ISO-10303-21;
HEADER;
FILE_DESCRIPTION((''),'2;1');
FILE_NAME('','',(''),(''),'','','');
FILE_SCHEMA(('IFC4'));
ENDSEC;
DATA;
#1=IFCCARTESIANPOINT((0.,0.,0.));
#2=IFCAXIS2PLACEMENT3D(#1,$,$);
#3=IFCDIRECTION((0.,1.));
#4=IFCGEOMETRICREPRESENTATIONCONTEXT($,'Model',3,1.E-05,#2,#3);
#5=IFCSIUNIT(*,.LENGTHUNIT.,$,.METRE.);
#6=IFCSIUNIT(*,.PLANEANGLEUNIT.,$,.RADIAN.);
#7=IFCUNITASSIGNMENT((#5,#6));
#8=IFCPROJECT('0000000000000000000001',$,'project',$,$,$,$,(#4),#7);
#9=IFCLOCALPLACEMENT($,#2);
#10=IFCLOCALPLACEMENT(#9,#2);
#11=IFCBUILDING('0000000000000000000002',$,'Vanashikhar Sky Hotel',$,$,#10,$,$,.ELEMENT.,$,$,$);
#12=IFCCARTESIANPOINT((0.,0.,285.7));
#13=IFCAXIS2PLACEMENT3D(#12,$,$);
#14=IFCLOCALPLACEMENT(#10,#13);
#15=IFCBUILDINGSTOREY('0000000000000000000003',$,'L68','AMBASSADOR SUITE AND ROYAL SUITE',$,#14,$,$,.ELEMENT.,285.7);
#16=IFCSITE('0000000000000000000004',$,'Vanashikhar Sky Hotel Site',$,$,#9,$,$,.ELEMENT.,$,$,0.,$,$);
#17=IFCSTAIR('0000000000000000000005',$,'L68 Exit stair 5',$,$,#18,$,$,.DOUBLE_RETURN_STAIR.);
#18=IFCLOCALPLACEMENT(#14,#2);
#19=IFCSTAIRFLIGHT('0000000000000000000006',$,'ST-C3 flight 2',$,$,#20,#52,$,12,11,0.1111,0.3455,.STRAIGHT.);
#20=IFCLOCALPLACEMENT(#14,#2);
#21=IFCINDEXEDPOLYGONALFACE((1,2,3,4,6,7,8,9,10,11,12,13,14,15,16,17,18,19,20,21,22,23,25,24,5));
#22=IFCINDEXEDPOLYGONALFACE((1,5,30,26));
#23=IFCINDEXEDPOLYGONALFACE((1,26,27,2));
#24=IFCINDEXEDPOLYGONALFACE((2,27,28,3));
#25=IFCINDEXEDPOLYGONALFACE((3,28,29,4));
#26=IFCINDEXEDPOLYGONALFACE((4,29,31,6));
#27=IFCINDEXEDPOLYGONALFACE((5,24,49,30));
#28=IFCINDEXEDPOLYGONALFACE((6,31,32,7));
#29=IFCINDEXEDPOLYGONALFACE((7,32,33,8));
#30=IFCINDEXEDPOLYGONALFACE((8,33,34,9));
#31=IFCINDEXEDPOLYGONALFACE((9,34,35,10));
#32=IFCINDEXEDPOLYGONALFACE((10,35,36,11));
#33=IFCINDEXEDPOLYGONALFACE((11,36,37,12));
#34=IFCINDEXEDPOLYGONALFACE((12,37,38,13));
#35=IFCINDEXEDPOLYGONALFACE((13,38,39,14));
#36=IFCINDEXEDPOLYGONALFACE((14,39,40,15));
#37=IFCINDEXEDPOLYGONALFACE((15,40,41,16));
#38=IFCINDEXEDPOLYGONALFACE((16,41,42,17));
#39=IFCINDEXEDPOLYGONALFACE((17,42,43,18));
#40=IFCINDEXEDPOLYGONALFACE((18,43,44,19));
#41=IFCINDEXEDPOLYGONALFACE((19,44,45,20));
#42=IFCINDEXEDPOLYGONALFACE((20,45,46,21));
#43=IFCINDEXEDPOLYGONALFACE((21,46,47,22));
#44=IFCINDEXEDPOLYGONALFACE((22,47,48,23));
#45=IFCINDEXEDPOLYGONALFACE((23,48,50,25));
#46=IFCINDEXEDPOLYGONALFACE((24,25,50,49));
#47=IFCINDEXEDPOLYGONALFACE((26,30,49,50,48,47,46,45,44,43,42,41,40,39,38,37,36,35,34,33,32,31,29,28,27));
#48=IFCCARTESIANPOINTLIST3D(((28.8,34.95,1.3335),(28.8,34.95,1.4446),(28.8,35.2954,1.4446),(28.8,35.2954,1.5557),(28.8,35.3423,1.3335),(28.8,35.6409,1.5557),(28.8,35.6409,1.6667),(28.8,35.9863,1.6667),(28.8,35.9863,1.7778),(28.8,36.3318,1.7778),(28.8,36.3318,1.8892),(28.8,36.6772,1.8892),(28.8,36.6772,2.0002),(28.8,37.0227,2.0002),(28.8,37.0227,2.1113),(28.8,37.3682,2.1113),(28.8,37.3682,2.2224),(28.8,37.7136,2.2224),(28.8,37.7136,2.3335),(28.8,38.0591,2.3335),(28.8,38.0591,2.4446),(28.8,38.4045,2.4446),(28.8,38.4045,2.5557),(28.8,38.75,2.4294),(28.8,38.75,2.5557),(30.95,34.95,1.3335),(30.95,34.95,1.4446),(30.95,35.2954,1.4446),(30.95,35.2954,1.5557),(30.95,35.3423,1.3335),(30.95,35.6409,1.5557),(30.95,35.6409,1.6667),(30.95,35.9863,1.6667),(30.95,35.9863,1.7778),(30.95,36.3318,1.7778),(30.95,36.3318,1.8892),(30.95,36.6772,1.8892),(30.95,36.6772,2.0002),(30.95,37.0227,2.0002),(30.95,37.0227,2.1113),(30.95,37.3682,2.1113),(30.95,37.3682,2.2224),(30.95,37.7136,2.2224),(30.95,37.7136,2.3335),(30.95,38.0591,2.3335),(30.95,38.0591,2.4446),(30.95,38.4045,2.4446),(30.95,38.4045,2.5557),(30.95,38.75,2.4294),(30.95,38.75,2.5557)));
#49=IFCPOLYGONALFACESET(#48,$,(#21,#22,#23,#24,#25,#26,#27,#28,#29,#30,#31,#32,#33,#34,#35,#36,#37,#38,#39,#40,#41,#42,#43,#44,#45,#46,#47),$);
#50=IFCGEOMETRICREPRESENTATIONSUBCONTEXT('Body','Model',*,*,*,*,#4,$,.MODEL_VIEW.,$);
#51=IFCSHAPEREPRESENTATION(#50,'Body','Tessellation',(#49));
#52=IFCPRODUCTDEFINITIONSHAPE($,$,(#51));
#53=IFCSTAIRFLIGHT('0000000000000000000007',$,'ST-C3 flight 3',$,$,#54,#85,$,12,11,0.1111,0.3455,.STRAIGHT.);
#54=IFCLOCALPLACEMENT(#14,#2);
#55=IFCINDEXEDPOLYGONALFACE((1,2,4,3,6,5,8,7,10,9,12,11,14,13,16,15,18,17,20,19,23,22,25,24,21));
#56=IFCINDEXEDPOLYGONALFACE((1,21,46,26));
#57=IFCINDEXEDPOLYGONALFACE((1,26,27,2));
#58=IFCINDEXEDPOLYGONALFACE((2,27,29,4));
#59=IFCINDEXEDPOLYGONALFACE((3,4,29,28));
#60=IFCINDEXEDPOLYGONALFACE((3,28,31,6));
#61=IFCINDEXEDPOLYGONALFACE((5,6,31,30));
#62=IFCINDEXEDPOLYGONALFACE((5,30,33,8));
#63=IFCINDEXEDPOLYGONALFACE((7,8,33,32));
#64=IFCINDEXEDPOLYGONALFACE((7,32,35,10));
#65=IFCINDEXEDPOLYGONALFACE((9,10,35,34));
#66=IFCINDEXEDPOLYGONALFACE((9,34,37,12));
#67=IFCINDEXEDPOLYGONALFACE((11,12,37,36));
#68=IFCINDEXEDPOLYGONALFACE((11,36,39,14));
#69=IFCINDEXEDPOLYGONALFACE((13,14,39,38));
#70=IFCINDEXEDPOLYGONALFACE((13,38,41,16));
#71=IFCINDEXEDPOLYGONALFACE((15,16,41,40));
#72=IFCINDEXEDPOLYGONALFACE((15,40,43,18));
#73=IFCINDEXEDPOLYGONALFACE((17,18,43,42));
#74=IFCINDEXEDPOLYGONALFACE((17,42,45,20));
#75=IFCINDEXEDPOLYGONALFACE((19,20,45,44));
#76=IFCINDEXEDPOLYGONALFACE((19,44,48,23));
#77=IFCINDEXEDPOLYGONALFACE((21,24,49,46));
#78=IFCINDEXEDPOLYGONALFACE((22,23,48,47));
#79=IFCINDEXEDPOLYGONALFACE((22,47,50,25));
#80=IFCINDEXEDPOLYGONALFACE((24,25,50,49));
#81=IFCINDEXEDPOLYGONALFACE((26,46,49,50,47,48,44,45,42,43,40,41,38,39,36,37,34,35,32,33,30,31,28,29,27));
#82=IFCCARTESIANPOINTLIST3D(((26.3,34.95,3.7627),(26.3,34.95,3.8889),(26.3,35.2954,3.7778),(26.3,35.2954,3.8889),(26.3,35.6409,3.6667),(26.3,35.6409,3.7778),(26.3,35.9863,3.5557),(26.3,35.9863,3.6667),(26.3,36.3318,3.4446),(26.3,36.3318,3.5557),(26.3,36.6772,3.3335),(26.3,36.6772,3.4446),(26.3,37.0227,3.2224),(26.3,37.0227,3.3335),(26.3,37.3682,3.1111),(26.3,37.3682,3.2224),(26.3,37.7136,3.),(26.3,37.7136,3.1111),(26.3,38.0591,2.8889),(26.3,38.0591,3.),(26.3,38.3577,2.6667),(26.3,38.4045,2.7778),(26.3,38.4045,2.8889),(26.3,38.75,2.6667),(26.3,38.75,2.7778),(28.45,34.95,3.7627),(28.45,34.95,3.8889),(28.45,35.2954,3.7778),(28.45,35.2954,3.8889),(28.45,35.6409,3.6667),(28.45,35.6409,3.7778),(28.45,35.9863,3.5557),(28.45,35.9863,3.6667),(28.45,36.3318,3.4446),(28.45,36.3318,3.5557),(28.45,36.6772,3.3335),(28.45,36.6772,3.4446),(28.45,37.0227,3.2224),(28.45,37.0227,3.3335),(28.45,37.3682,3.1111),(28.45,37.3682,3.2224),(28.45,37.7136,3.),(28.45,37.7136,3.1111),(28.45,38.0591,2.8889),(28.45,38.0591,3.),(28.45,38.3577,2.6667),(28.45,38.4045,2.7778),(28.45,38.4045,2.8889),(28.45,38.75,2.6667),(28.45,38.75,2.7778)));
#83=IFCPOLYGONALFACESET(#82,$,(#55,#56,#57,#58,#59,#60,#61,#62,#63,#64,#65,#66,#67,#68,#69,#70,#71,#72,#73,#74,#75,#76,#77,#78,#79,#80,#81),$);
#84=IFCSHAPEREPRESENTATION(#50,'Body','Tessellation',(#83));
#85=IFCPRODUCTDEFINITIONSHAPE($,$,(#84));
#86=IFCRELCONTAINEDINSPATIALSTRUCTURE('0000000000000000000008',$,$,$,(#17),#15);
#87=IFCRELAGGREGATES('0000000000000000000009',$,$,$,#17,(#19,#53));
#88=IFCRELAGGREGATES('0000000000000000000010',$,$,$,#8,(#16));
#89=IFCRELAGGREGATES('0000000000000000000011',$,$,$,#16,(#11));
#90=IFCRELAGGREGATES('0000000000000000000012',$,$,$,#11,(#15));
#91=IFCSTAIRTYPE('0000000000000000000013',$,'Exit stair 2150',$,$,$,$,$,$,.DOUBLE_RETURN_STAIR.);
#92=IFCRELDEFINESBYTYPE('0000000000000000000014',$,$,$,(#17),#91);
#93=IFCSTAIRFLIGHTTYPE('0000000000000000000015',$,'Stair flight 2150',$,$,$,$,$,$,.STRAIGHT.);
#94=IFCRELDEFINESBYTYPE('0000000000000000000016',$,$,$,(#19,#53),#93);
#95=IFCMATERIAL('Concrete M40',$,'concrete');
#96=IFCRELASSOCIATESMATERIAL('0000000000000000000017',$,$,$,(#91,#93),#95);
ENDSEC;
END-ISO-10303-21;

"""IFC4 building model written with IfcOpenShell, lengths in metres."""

from ifc_helpers import new_model, si_unit, direction, frame, origin, place, context, subcontext, project, spatial, polyline, outline, extrude, source, transform, mapped, material, type_object, element, aggregate, save


model = new_model("IFC4")

# Units and contexts
model_context = context("Model", 3, precision=1e-05, world=origin(), true_north=direction((0.0, 1.0)))
body_context = subcontext(model_context, "Body", "Model", "MODEL_VIEW")
ifc_project = project(units=[si_unit("LENGTHUNIT", "METRE"), si_unit("PLANEANGLEUNIT", "RADIAN")], contexts=[model_context])

# Site, building, storey
site_placement = place(None, origin())
site = spatial("IfcSite", under=ifc_project, at=site_placement, Name="Vanashikhar Sky Hotel Site", CompositionType="ELEMENT", RefElevation=0.0)
building_placement = place(site_placement, origin())
building = spatial("IfcBuilding", under=site, at=building_placement, Name="Vanashikhar Sky Hotel", CompositionType="ELEMENT")
storey_placement = place(building_placement, frame((0.0, 0.0, 285.7)))
storey = spatial("IfcBuildingStorey", under=building, at=storey_placement, Name="L68", Description="AMBASSADOR SUITE AND ROYAL SUITE", CompositionType="ELEMENT", Elevation=285.7)

# Shared definitions
ifc_material_1 = material(Name="Concrete M40", Category="concrete")

# Stair, stair flights
stair_type = type_object("IfcStairType", Name="Exit stair 2150", PredefinedType="DOUBLE_RETURN_STAIR", material=ifc_material_1)
stair_placement = place(storey_placement, origin())
stair = element("IfcStair", 1, at=stair_placement, inside=storey, type_object=stair_type, Name="L68 Exit stair 5", PredefinedType="DOUBLE_RETURN_STAIR")
stair_flight_type = type_object("IfcStairFlightType", Name="Stair flight 2150", PredefinedType="STRAIGHT", material=ifc_material_1)
shared_shape_1 = source(origin(), body_context, "Body", "SweptSolid", [
    extrude(outline(polyline([(0.0, 0.0), (0.0, 0.1111), (0.3455, 0.1111), (0.3455, 0.2222), (0.6909, 0.2222), (0.6909, 0.3333), (1.0364, 0.3333), (1.0364, 0.4443), (1.3818, 0.4443), (1.3818, 0.5557), (1.7273, 0.5557), (1.7273, 0.6667), (2.0728, 0.6667), (2.0728, 0.7778), (2.4182, 0.7778), (2.4182, 0.8889), (2.7637, 0.8889), (2.7637, 1.0), (3.1091, 1.0), (3.1091, 1.1111), (3.4546, 1.1111), (3.4546, 1.2222), (3.8, 1.2222), (3.8, 1.3333), (3.8, 1.0959), (0.3923, 0.0), (0.0, 0.0)])), frame((0.0, 1.075, 0.0), z_axis=(0.0, -1.0, 0.0), x_axis=(1.0, 0.0, 0.0)), (0.0, 0.0, 1.0), 2.1499),
])
stair_flight_1_placement = place(storey_placement, frame((29.875, 34.95, 1.3335), z_axis=(0.0, 0.0, 1.0), x_axis=(0.0, 1.0, 0.0)))
stair_flight_1 = element("IfcStairFlight", 2, at=stair_flight_1_placement, type_object=stair_flight_type, Name="ST-C3 flight 2", NumberOfRisers=12, NumberOfTreads=11, PredefinedType="STRAIGHT", RiserHeight=0.1111, TreadLength=0.3455, context=body_context, shape_type="MappedRepresentation", body=[
    mapped(shared_shape_1, transform((0.0, 0.0, 0.0), scale=1.0)),
])
stair_flight_2_placement = place(storey_placement, frame((27.375, 38.75, 2.6667), z_axis=(0.0, 0.0, 1.0), x_axis=(0.0, -1.0, 0.0)))
stair_flight_2 = element("IfcStairFlight", 3, at=stair_flight_2_placement, type_object=stair_flight_type, Name="ST-C3 flight 3", NumberOfRisers=12, NumberOfTreads=11, PredefinedType="STRAIGHT", RiserHeight=0.1111, TreadLength=0.3455, context=body_context, shape_type="MappedRepresentation", body=[
    mapped(shared_shape_1, transform((0.0, 0.0, 0.0), scale=1.0)),
])
aggregate(stair, [stair_flight_1, stair_flight_2])

save(model, "model.ifc")
